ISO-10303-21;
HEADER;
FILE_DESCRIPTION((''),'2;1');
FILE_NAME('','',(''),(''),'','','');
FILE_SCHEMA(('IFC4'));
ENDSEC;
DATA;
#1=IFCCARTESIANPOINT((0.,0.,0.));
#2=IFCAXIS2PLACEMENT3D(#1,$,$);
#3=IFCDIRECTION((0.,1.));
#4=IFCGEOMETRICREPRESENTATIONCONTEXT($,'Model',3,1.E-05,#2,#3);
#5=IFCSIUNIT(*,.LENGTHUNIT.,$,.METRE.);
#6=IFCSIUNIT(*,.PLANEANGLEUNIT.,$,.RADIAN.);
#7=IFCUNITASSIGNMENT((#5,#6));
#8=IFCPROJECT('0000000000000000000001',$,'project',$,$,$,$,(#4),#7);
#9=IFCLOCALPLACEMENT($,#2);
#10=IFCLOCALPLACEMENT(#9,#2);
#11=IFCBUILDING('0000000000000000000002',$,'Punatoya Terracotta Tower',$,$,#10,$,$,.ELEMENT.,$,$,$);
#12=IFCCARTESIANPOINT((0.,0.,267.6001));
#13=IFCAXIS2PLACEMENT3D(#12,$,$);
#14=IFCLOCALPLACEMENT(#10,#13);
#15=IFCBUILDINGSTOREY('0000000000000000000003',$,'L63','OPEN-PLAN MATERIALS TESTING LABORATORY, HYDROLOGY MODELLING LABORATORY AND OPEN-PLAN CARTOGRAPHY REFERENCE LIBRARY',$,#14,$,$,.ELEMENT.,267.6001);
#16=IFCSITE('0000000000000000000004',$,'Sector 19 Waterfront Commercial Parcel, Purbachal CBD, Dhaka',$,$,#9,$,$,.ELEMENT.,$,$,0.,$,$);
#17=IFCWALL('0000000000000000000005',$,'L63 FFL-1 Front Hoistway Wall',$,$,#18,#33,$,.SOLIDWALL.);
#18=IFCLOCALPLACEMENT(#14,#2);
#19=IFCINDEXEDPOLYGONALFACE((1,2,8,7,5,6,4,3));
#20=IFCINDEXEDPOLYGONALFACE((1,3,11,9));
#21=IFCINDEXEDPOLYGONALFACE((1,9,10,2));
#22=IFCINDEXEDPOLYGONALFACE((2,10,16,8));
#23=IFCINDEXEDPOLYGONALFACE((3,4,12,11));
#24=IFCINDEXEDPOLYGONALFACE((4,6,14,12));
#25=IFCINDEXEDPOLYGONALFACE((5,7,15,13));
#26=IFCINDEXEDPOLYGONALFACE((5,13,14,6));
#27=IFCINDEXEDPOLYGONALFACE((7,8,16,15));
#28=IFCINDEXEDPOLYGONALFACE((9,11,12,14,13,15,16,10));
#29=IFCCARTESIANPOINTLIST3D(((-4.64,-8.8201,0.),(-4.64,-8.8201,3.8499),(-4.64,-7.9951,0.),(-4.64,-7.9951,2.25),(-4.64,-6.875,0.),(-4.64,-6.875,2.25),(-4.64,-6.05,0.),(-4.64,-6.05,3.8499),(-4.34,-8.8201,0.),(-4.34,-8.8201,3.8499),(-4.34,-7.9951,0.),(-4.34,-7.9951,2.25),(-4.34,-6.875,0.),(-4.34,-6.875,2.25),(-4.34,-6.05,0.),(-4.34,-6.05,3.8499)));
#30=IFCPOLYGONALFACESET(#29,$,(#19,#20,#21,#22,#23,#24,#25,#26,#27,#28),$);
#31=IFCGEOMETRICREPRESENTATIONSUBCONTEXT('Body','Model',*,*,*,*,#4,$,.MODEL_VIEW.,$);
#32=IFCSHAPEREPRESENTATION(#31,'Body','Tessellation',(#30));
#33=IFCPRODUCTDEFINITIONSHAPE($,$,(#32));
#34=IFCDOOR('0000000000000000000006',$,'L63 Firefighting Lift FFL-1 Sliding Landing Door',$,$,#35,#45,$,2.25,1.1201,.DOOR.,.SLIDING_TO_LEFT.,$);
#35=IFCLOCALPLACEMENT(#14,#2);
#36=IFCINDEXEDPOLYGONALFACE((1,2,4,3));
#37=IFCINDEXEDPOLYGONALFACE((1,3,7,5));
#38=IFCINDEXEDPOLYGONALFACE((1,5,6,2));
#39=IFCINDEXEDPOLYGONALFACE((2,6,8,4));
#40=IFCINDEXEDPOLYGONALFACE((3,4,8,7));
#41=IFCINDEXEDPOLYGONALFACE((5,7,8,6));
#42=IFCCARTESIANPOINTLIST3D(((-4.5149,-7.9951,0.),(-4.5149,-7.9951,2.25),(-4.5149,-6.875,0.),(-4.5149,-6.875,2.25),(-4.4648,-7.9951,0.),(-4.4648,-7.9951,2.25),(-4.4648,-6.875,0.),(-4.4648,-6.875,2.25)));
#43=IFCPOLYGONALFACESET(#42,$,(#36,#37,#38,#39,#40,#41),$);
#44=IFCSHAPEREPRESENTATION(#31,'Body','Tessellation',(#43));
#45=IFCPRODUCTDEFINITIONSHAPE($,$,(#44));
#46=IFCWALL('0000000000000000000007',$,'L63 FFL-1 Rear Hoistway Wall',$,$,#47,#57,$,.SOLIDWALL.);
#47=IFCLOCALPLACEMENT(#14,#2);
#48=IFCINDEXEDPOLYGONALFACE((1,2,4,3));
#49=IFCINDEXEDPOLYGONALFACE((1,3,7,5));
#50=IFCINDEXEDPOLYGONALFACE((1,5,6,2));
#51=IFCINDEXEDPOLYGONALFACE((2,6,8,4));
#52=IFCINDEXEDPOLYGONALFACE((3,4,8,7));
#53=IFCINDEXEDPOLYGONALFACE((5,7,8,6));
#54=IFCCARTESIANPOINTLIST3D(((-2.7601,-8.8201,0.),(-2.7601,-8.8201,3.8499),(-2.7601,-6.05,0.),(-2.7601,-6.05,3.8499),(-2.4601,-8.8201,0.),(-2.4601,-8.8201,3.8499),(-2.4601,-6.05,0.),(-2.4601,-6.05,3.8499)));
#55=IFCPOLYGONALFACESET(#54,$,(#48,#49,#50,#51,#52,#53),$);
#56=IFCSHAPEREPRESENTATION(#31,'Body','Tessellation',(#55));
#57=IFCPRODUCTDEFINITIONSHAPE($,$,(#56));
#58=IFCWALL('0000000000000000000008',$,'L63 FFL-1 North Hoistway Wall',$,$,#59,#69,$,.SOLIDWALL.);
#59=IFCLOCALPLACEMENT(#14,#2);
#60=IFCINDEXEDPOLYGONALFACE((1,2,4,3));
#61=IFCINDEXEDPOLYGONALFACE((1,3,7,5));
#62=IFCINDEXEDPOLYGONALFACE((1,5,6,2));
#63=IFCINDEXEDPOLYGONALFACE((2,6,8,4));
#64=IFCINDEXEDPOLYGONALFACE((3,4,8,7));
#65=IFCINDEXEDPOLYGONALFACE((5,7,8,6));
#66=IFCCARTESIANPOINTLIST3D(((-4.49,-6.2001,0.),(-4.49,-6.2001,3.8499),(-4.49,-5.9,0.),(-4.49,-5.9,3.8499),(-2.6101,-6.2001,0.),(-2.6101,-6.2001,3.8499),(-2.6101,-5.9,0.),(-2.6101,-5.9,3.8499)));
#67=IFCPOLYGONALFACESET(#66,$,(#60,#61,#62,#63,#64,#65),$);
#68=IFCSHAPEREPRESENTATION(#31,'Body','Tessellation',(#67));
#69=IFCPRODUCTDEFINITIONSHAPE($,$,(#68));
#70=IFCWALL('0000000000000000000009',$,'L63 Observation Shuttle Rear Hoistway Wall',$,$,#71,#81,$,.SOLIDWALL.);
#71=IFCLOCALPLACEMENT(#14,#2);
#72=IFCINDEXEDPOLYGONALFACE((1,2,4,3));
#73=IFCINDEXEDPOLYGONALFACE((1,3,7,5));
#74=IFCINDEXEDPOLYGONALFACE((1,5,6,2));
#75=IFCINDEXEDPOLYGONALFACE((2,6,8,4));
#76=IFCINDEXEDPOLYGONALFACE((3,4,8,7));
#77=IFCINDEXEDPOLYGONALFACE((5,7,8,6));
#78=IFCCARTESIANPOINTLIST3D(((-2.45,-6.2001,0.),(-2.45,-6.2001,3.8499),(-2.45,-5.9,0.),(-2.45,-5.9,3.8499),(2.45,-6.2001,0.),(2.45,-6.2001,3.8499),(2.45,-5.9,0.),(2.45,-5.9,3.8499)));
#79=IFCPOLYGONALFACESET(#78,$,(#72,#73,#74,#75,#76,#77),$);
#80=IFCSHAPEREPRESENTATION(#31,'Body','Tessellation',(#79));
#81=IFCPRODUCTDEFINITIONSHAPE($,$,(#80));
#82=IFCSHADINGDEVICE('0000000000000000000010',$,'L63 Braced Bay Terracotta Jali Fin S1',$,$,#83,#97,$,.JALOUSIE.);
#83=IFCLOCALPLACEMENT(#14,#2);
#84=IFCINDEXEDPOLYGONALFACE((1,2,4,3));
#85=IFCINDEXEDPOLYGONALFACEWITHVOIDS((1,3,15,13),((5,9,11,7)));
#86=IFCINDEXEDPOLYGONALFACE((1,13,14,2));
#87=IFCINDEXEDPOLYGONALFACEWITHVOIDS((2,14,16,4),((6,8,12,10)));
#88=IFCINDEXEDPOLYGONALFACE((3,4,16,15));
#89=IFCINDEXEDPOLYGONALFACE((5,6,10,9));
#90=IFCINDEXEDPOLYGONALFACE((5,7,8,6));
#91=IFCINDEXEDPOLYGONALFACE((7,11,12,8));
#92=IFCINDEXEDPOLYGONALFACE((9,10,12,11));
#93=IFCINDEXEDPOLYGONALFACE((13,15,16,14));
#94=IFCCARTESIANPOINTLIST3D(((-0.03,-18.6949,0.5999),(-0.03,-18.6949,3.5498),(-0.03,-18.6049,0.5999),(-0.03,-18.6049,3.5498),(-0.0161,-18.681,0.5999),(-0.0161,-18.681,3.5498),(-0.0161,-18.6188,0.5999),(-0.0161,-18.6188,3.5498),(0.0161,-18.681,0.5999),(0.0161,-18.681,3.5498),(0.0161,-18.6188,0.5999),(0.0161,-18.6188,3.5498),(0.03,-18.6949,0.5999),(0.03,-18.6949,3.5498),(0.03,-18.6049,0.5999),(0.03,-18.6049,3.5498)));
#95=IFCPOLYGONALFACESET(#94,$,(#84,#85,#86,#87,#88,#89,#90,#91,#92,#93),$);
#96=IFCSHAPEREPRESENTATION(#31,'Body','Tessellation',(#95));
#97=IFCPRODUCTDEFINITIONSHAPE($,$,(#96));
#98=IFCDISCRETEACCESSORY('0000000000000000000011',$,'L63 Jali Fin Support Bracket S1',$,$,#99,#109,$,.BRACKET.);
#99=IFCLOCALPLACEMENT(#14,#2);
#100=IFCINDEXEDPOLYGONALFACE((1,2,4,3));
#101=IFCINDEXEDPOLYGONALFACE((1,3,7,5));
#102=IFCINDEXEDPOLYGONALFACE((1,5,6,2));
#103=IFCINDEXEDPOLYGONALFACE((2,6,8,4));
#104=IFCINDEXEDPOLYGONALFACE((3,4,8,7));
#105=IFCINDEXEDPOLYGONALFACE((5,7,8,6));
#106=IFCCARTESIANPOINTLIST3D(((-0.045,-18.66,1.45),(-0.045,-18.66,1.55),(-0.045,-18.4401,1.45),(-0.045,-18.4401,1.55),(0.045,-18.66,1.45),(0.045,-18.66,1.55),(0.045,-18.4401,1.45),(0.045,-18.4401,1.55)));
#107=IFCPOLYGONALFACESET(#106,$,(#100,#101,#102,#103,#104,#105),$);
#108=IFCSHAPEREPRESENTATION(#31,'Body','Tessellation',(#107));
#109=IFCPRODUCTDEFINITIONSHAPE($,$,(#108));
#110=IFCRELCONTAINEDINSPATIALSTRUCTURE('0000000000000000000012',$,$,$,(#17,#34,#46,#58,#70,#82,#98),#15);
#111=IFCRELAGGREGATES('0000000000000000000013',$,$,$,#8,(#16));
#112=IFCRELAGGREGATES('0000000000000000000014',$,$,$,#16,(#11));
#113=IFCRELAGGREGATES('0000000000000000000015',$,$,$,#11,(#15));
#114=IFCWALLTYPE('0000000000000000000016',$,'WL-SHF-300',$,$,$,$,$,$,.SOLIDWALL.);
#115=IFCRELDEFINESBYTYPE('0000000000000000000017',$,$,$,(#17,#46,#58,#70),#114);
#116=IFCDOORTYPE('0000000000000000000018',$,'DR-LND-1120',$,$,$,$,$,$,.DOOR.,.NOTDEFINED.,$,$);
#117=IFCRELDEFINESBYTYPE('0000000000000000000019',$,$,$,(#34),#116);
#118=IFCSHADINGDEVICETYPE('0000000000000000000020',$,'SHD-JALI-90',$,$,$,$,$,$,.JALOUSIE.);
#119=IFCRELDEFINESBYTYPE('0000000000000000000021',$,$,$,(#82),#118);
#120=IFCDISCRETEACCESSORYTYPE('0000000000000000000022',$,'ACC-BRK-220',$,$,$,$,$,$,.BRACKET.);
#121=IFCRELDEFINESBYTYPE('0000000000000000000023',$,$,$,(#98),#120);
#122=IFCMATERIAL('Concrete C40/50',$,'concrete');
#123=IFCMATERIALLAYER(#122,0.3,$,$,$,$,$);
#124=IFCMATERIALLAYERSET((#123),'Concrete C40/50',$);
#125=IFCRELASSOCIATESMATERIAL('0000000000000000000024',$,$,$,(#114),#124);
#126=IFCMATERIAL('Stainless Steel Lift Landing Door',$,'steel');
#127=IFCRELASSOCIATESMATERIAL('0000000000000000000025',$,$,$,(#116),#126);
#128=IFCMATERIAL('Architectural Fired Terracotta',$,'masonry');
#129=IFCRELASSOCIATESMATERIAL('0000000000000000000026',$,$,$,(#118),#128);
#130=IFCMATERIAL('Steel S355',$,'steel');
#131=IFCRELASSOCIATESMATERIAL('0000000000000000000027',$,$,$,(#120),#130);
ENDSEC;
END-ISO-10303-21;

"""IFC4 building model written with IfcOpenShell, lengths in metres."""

from ifc_helpers import new_model, si_unit, direction, frame, frame_2d, origin, origin_2d, place, context, subcontext, project, spatial, rectangle, hollow_rectangle, extrude, material, layer, layer_set, material_profile, profile_set, type_object, element, fill, save


model = new_model("IFC4")

# Units and contexts
model_context = context("Model", 3, precision=1e-05, world=origin(), true_north=direction((0.0, 1.0)))
body_context = subcontext(model_context, "Body", "Model", "MODEL_VIEW")
ifc_project = project(units=[si_unit("LENGTHUNIT", "METRE"), si_unit("PLANEANGLEUNIT", "RADIAN")], contexts=[model_context])

# Site, building, storey
site_placement = place(None, origin())
site = spatial("IfcSite", under=ifc_project, at=site_placement, Name="Sector 19 Waterfront Commercial Parcel, Purbachal CBD, Dhaka", CompositionType="ELEMENT", RefElevation=0.0)
building_placement = place(site_placement, origin())
building = spatial("IfcBuilding", under=site, at=building_placement, Name="Punatoya Terracotta Tower", CompositionType="ELEMENT")
storey_placement = place(building_placement, frame((0.0, 0.0, 267.6001)))
storey = spatial("IfcBuildingStorey", under=building, at=storey_placement, Name="L63", Description="OPEN-PLAN MATERIALS TESTING LABORATORY, HYDROLOGY MODELLING LABORATORY AND OPEN-PLAN CARTOGRAPHY REFERENCE LIBRARY", CompositionType="ELEMENT", Elevation=267.6001)

# Shared definitions
ifc_material_1 = material(Name="Steel S355", Category="steel")

# Shared definitions
ifc_material_2 = material(Name="Concrete C40/50", Category="concrete")
ifc_layer_1 = layer(ifc_material_2, 0.3)
ifc_layer_set_1 = layer_set([ifc_layer_1], Name="Concrete C40/50")
wall_type_1 = type_object("IfcWallType", Name="WL-SHF-300", PredefinedType="SOLIDWALL", material=ifc_layer_set_1)

# Wall, opening, door
wall_1_placement = place(storey_placement, frame((-4.49, -8.8201, 0.0), z_axis=(0.0, 0.0, 1.0), x_axis=(0.0, 1.0, 0.0)))
wall_1 = element("IfcWall", 1, at=wall_1_placement, inside=storey, type_object=wall_type_1, Name="L63 FFL-1 Front Hoistway Wall", PredefinedType="SOLIDWALL", context=body_context, shape_type="SweptSolid", body=[
    extrude(rectangle(XDim=2.77, YDim=0.3, at=frame_2d((1.385, 0.0))), origin(), (0.0, 0.0, 1.0), 3.8499),
])
opening_1_placement = place(wall_1_placement, frame((0.825, 0.0, 0.0)))
opening_1 = element("IfcOpeningElement", 2, at=opening_1_placement, cuts=wall_1, PredefinedType="OPENING", context=body_context, shape_type="SweptSolid", body=[
    extrude(rectangle(XDim=1.1201, YDim=2.25, at=frame_2d((0.5601, 1.125))), frame((0.0, 0.1599, 0.0), z_axis=(0.0, -1.0, 0.0), x_axis=(1.0, 0.0, 0.0)), (0.0, 0.0, 1.0), 0.3201),
])
ifc_material_3 = material(Name="Stainless Steel Lift Landing Door", Category="steel")
door_type_1 = type_object("IfcDoorType", Name="DR-LND-1120", OperationType="NOTDEFINED", PredefinedType="DOOR", material=ifc_material_3)
door_1_placement = place(opening_1_placement, origin())
door_1 = element("IfcDoor", 3, at=door_1_placement, inside=storey, type_object=door_type_1, Name="L63 Firefighting Lift FFL-1 Sliding Landing Door", OperationType="SLIDING_TO_LEFT", OverallHeight=2.25, OverallWidth=1.1201, PredefinedType="DOOR", context=body_context, shape_type="SweptSolid", body=[
    extrude(rectangle(XDim=1.1201, YDim=2.25, at=frame_2d((0.5601, 1.125))), frame((0.0, 0.0249, 0.0), z_axis=(0.0, -1.0, 0.0), x_axis=(1.0, 0.0, 0.0)), (0.0, 0.0, 1.0), 0.05),
])
fill(opening_1, door_1)

# Walls
wall_2_placement = place(storey_placement, frame((-2.6101, -8.8201, 0.0), z_axis=(0.0, 0.0, 1.0), x_axis=(0.0, 1.0, 0.0)))
element("IfcWall", 4, at=wall_2_placement, inside=storey, type_object=wall_type_1, Name="L63 FFL-1 Rear Hoistway Wall", PredefinedType="SOLIDWALL", context=body_context, shape_type="SweptSolid", body=[
    extrude(rectangle(XDim=2.77, YDim=0.3, at=frame_2d((1.385, 0.0))), origin(), (0.0, 0.0, 1.0), 3.8499),
])
wall_3_placement = place(storey_placement, frame((-4.49, -6.05, 0.0), z_axis=(0.0, 0.0, 1.0), x_axis=(1.0, 0.0, 0.0)))
element("IfcWall", 5, at=wall_3_placement, inside=storey, type_object=wall_type_1, Name="L63 FFL-1 North Hoistway Wall", PredefinedType="SOLIDWALL", context=body_context, shape_type="SweptSolid", body=[
    extrude(rectangle(XDim=1.8799, YDim=0.3, at=frame_2d((0.9399, 0.0))), origin(), (0.0, 0.0, 1.0), 3.8499),
])
wall_4_placement = place(storey_placement, frame((-2.45, -6.05, 0.0), z_axis=(0.0, 0.0, 1.0), x_axis=(1.0, 0.0, 0.0)))
element("IfcWall", 6, at=wall_4_placement, inside=storey, type_object=wall_type_1, Name="L63 Observation Shuttle Rear Hoistway Wall", PredefinedType="SOLIDWALL", context=body_context, shape_type="SweptSolid", body=[
    extrude(rectangle(XDim=4.8999, YDim=0.3, at=frame_2d((2.45, 0.0))), origin(), (0.0, 0.0, 1.0), 3.8499),
])

# Shading device
ifc_material_4 = material(Name="Architectural Fired Terracotta", Category="masonry")
ifc_material_profile_1 = material_profile(ifc_material_4, hollow_rectangle(XDim=0.0601, YDim=0.0901, WallThickness=0.0139, at=origin_2d()))
ifc_profile_set_1 = profile_set([ifc_material_profile_1], Name="Architectural Fired Terracotta")
shading_device_type = type_object("IfcShadingDeviceType", Name="SHD-JALI-90", PredefinedType="JALOUSIE", material=ifc_profile_set_1)
shading_device_placement = place(storey_placement, frame((0.0, -18.6499, 0.5999), z_axis=(0.0, 0.0, 1.0), x_axis=(1.0, 0.0, 0.0)))
element("IfcShadingDevice", 7, at=shading_device_placement, inside=storey, type_object=shading_device_type, Name="L63 Braced Bay Terracotta Jali Fin S1", PredefinedType="JALOUSIE", context=body_context, shape_type="SweptSolid", body=[
    extrude(hollow_rectangle(XDim=0.0601, YDim=0.0901, WallThickness=0.0139, at=origin_2d()), origin(), (0.0, 0.0, 1.0), 2.95),
])

# Discrete accessory
discrete_accessory_type = type_object("IfcDiscreteAccessoryType", Name="ACC-BRK-220", PredefinedType="BRACKET", material=ifc_material_1)
discrete_accessory_placement = place(storey_placement, frame((0.0, -18.55, 1.45), z_axis=(0.0, 0.0, 1.0), x_axis=(1.0, 0.0, 0.0)))
element("IfcDiscreteAccessory", 8, at=discrete_accessory_placement, inside=storey, type_object=discrete_accessory_type, Name="L63 Jali Fin Support Bracket S1", PredefinedType="BRACKET", context=body_context, shape_type="SweptSolid", body=[
    extrude(rectangle(XDim=0.0901, YDim=0.22, at=origin_2d()), origin(), (0.0, 0.0, 1.0), 0.1001),
])

save(model, "model.ifc")
